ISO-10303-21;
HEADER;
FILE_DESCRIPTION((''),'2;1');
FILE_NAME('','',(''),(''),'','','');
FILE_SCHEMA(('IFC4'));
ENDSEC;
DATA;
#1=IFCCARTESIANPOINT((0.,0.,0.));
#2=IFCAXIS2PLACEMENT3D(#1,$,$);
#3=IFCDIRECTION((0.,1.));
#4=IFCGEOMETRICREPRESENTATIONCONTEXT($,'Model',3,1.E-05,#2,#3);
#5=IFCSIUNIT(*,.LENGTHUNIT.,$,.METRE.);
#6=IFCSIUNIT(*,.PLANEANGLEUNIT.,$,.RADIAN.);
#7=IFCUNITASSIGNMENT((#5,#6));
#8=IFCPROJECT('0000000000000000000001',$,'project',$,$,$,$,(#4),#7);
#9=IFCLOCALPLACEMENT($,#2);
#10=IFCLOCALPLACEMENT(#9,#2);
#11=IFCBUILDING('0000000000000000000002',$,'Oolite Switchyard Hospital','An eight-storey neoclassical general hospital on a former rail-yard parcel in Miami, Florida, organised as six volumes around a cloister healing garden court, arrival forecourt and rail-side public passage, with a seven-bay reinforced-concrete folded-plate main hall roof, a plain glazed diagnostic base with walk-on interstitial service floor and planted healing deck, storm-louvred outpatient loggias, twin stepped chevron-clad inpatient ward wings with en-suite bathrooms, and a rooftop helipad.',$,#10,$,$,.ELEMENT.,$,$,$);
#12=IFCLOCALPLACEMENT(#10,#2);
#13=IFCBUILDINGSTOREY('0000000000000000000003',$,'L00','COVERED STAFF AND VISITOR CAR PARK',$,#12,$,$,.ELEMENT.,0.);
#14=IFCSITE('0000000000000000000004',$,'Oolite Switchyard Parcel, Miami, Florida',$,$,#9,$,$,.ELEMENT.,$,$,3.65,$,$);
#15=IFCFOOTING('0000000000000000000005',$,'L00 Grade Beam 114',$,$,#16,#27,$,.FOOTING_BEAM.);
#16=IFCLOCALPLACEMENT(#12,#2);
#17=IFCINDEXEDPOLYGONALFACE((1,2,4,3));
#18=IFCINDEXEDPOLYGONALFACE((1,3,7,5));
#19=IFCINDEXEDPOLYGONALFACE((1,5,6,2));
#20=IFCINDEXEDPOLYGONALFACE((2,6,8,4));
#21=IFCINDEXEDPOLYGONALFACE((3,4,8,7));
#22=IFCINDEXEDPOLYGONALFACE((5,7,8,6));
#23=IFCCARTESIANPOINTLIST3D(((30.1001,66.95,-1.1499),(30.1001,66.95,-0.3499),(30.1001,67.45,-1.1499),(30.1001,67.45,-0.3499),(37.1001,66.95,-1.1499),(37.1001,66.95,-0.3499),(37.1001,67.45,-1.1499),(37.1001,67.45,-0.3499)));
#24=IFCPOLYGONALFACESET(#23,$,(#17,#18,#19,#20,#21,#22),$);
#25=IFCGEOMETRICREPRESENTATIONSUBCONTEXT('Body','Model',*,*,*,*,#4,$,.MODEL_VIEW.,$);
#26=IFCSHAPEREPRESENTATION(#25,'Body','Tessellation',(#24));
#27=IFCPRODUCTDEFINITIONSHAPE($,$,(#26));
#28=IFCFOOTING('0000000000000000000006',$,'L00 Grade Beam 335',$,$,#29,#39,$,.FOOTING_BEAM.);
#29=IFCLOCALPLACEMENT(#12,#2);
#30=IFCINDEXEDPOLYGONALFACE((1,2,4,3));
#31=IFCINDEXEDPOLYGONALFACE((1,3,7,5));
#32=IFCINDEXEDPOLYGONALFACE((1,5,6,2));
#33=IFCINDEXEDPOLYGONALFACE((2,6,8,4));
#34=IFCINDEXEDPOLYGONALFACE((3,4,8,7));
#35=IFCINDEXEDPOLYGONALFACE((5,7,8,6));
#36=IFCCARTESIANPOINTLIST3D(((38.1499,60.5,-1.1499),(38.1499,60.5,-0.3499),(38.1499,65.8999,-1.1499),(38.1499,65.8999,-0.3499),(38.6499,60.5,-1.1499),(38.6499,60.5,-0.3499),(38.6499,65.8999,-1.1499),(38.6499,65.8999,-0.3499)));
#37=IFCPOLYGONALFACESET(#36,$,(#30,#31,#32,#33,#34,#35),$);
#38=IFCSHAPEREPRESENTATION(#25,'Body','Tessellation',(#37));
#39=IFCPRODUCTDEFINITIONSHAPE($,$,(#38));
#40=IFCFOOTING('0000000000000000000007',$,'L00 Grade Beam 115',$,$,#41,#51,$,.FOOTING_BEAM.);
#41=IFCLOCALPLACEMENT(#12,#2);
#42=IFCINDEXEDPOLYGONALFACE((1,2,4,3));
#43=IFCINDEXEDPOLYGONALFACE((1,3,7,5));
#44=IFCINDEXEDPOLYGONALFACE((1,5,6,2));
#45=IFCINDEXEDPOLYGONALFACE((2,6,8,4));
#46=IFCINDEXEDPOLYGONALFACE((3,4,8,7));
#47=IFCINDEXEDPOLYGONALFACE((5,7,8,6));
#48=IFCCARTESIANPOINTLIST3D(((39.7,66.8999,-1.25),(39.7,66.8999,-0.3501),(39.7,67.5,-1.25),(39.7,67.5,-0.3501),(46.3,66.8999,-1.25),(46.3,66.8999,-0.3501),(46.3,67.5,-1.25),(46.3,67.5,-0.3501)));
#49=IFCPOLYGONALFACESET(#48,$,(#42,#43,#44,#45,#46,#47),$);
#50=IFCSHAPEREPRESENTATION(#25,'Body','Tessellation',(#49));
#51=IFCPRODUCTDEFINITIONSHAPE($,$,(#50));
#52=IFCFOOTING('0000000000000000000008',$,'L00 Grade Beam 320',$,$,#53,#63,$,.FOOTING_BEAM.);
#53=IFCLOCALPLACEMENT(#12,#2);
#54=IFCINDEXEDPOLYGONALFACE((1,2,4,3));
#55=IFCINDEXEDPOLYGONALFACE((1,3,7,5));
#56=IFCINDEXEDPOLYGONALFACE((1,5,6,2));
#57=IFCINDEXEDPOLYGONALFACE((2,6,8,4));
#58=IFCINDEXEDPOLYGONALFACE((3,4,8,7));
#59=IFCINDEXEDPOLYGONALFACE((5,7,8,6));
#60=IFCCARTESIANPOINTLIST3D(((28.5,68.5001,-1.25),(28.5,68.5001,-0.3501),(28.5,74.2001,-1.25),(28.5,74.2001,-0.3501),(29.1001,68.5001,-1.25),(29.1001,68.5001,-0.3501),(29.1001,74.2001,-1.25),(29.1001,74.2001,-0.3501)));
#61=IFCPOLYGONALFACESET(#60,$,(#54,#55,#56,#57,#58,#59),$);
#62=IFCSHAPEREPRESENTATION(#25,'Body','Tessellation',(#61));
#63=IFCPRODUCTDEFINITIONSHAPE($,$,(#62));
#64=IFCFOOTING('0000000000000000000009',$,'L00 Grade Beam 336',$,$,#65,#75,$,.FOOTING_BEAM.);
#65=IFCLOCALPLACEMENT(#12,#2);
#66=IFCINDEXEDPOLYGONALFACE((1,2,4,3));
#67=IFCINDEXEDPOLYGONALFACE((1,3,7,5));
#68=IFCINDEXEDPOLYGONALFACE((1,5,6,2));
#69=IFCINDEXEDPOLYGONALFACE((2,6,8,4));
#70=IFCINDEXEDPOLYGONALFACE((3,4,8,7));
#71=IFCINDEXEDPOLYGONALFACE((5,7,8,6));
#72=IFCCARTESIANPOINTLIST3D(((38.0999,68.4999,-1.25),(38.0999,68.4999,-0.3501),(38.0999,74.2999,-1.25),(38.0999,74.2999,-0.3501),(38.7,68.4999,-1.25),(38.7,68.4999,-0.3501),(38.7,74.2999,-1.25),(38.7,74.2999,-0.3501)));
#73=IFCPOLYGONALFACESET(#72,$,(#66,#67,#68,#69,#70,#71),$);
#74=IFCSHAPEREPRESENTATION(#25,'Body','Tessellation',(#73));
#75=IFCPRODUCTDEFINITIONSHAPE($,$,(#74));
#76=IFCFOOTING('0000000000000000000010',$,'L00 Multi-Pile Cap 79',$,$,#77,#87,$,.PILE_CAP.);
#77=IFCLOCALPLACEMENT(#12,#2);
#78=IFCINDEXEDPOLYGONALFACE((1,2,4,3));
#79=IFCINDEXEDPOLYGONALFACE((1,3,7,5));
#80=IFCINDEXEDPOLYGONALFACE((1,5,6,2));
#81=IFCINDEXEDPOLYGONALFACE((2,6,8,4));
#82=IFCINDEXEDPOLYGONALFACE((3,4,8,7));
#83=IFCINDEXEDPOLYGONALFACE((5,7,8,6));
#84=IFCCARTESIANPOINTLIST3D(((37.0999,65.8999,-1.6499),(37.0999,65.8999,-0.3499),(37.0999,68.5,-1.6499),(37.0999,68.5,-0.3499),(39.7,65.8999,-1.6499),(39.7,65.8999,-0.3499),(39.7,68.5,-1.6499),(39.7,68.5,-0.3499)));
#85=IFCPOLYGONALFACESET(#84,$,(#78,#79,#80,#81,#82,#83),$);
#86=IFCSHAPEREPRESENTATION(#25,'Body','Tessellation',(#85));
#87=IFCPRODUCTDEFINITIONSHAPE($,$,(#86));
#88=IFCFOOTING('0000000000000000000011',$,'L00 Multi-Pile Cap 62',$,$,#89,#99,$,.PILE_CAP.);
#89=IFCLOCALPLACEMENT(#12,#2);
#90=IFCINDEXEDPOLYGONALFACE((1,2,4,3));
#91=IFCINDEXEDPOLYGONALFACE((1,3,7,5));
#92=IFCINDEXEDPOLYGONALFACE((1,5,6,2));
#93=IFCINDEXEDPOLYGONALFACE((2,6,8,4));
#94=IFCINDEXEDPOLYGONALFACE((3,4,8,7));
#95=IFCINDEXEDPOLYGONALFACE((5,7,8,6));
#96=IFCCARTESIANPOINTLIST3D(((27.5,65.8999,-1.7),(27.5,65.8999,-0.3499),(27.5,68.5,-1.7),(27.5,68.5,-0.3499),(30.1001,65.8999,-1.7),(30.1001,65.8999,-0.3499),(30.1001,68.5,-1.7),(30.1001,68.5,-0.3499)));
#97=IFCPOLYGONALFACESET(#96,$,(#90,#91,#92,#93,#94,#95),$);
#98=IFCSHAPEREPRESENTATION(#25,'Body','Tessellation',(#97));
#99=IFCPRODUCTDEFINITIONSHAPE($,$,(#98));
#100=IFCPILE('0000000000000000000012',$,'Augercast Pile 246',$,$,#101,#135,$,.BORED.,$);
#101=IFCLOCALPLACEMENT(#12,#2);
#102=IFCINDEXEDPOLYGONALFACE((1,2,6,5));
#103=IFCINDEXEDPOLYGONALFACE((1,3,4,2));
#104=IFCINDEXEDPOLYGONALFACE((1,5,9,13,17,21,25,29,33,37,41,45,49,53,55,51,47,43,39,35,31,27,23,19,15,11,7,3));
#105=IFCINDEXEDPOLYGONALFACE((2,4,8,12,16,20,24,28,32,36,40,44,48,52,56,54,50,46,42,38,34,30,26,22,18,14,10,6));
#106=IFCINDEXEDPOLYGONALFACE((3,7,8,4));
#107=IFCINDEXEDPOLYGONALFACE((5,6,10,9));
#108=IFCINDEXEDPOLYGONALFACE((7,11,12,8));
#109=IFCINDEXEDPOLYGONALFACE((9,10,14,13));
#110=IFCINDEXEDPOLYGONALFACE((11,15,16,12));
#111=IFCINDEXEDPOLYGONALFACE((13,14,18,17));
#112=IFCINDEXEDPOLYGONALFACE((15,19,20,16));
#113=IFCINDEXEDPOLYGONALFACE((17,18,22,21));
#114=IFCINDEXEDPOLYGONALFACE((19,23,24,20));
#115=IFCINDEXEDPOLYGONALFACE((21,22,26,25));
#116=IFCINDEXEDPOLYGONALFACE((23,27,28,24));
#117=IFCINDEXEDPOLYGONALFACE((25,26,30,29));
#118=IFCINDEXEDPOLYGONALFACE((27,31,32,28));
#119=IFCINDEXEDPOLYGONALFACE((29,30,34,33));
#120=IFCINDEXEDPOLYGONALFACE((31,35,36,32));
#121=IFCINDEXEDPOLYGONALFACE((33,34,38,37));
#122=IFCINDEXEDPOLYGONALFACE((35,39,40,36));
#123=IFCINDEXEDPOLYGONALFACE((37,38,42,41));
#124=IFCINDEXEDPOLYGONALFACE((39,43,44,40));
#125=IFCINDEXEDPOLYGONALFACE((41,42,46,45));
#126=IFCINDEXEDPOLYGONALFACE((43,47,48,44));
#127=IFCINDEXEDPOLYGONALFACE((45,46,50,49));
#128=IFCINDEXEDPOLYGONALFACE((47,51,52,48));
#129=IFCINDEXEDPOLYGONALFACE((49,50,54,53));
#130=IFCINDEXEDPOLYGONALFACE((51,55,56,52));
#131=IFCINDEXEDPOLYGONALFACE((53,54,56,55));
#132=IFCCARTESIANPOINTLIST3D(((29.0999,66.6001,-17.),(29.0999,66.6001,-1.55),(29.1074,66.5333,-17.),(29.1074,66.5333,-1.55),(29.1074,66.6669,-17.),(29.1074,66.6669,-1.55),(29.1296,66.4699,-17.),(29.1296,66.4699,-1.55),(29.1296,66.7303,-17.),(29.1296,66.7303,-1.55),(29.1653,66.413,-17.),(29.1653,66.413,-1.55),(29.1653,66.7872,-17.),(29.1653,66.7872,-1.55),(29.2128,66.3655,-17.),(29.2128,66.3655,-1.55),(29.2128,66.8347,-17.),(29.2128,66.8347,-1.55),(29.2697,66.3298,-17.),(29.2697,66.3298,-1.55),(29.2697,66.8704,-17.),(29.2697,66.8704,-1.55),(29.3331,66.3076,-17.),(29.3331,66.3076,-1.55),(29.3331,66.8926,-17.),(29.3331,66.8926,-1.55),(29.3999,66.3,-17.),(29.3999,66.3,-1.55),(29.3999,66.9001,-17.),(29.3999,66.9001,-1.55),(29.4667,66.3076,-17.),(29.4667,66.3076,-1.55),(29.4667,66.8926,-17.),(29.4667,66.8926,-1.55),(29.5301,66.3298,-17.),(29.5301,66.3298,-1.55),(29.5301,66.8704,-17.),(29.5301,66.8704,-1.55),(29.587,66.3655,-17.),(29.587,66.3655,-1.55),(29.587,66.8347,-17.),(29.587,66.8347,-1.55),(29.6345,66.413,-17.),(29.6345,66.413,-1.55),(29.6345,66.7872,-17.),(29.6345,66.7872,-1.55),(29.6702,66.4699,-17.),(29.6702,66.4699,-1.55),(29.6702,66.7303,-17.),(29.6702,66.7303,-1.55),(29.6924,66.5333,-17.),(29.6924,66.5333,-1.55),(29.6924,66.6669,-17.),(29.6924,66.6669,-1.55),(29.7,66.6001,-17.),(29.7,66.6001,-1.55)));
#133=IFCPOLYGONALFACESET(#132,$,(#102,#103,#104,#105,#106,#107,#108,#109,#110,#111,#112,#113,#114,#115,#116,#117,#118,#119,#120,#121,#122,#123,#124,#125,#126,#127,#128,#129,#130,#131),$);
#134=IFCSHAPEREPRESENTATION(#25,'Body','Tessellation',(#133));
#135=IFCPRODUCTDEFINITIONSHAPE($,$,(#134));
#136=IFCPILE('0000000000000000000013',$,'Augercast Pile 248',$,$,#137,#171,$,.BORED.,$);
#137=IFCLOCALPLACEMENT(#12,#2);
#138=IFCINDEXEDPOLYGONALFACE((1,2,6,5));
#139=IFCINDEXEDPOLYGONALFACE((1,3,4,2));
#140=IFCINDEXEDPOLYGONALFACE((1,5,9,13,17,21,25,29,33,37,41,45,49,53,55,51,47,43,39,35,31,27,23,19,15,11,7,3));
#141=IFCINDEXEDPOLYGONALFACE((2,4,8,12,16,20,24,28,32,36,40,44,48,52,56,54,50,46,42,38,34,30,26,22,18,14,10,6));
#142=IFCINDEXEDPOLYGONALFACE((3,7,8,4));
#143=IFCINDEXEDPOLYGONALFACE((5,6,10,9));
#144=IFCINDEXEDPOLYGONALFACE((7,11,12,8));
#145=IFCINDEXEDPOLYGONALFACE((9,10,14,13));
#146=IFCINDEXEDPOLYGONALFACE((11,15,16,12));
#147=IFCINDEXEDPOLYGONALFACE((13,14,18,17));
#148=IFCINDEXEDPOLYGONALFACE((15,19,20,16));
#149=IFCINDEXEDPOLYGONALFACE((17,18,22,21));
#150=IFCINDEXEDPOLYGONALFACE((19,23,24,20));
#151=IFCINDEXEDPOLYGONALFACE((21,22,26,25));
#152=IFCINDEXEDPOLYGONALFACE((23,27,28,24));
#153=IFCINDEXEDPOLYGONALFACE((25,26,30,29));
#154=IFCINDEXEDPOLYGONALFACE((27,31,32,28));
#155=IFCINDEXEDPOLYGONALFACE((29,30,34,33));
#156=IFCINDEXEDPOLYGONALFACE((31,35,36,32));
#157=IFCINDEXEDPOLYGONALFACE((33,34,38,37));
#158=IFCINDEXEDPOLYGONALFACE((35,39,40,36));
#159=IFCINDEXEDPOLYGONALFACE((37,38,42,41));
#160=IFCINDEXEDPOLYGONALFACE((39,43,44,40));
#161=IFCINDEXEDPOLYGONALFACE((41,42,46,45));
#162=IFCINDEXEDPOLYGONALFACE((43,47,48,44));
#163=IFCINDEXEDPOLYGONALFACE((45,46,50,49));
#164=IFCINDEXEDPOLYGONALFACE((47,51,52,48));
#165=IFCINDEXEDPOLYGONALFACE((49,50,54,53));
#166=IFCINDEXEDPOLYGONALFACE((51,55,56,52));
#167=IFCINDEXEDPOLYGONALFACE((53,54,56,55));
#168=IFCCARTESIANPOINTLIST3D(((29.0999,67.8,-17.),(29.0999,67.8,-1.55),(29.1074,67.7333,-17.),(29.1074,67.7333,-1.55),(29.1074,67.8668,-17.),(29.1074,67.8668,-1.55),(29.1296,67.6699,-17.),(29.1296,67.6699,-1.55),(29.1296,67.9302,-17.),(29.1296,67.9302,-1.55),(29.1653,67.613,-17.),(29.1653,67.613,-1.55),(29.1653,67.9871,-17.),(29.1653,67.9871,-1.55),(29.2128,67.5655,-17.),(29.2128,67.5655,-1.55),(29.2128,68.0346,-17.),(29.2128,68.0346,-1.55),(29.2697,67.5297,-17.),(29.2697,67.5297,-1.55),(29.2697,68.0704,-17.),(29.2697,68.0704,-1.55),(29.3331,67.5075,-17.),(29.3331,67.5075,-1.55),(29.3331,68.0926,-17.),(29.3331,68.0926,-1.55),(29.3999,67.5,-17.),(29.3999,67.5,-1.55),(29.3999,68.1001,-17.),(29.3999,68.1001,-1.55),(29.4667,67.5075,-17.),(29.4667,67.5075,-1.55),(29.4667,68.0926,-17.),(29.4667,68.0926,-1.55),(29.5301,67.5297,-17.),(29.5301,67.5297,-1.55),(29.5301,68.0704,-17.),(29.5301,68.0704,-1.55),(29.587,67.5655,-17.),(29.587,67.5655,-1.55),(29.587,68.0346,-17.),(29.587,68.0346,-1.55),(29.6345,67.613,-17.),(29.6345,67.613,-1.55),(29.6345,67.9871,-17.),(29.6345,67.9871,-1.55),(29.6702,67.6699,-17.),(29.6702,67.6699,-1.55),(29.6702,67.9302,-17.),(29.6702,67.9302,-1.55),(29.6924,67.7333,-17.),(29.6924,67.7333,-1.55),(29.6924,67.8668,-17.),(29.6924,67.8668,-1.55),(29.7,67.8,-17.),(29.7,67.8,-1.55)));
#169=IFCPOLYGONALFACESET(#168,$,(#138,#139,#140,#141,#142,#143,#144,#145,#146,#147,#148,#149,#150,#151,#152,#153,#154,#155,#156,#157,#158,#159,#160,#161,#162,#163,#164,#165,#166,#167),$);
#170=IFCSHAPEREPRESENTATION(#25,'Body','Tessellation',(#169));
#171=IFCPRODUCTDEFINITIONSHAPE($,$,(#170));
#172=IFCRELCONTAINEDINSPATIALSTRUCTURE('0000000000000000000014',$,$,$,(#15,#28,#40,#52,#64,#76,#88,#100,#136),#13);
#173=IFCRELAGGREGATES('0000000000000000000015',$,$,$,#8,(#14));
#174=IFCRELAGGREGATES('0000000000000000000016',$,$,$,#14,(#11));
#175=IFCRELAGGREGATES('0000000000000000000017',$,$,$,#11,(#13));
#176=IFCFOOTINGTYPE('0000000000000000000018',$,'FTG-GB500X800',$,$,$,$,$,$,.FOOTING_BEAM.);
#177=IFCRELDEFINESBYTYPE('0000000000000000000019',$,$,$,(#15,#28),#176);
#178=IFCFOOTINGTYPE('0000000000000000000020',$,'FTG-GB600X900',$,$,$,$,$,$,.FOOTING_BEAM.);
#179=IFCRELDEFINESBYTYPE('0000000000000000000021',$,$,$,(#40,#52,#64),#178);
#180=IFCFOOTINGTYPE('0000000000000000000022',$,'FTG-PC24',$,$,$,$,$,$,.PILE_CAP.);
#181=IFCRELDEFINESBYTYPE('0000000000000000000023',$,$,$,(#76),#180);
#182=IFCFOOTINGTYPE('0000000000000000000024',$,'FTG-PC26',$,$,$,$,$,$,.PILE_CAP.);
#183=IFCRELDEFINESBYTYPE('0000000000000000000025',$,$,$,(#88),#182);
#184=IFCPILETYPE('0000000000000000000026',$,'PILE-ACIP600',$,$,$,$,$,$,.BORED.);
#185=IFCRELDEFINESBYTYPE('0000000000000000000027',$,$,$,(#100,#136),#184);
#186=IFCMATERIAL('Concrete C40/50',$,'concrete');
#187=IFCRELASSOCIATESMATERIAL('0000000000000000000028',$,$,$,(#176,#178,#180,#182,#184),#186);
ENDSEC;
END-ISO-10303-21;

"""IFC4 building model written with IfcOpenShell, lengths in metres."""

from ifc_helpers import new_model, si_unit, direction, frame, origin, origin_2d, place, context, subcontext, project, spatial, rectangle, circle, extrude, material, material_profile, profile_set, type_object, element, save


model = new_model("IFC4")

# Units and contexts
model_context = context("Model", 3, precision=1e-05, world=origin(), true_north=direction((0.0, 1.0)))
body_context = subcontext(model_context, "Body", "Model", "MODEL_VIEW")
ifc_project = project(units=[si_unit("LENGTHUNIT", "METRE"), si_unit("PLANEANGLEUNIT", "RADIAN")], contexts=[model_context])

# Site, building, storey
site_placement = place(None, origin())
site = spatial("IfcSite", under=ifc_project, at=site_placement, Name="Oolite Switchyard Parcel, Miami, Florida", CompositionType="ELEMENT", RefElevation=3.65)
building_placement = place(site_placement, origin())
building = spatial("IfcBuilding", under=site, at=building_placement, Name="Oolite Switchyard Hospital", Description="An eight-storey neoclassical general hospital on a former rail-yard parcel in Miami, Florida, organised as six volumes around a cloister healing garden court, arrival forecourt and rail-side public passage, with a seven-bay reinforced-concrete folded-plate main hall roof, a plain glazed diagnostic base with walk-on interstitial service floor and planted healing deck, storm-louvred outpatient loggias, twin stepped chevron-clad inpatient ward wings with en-suite bathrooms, and a rooftop helipad.", CompositionType="ELEMENT")
storey_placement = place(building_placement, origin())
storey = spatial("IfcBuildingStorey", under=building, at=storey_placement, Name="L00", Description="COVERED STAFF AND VISITOR CAR PARK", CompositionType="ELEMENT", Elevation=0.0)

# Footings
ifc_material_1 = material(Name="Concrete C40/50", Category="concrete")
footing_type_1 = type_object("IfcFootingType", Name="FTG-GB500X800", PredefinedType="FOOTING_BEAM", material=ifc_material_1)
footing_1_placement = place(storey_placement, frame((33.6001, 67.2, -1.1499), z_axis=(0.0, 0.0, 1.0), x_axis=(1.0, 0.0, 0.0)))
element("IfcFooting", 1, at=footing_1_placement, inside=storey, type_object=footing_type_1, Name="L00 Grade Beam 114", PredefinedType="FOOTING_BEAM", context=body_context, shape_type="SweptSolid", body=[
    extrude(rectangle(XDim=7.0, YDim=0.5, at=origin_2d()), origin(), (0.0, 0.0, 1.0), 0.8),
])
footing_2_placement = place(storey_placement, frame((38.3999, 63.2, -1.1499), z_axis=(0.0, 0.0, 1.0), x_axis=(0.0, 1.0, 0.0)))
element("IfcFooting", 2, at=footing_2_placement, inside=storey, type_object=footing_type_1, Name="L00 Grade Beam 335", PredefinedType="FOOTING_BEAM", context=body_context, shape_type="SweptSolid", body=[
    extrude(rectangle(XDim=5.3999, YDim=0.5, at=origin_2d()), origin(), (0.0, 0.0, 1.0), 0.8),
])
footing_type_2 = type_object("IfcFootingType", Name="FTG-GB600X900", PredefinedType="FOOTING_BEAM", material=ifc_material_1)
footing_3_placement = place(storey_placement, frame((43.0, 67.2, -1.25), z_axis=(0.0, 0.0, 1.0), x_axis=(1.0, 0.0, 0.0)))
element("IfcFooting", 3, at=footing_3_placement, inside=storey, type_object=footing_type_2, Name="L00 Grade Beam 115", PredefinedType="FOOTING_BEAM", context=body_context, shape_type="SweptSolid", body=[
    extrude(rectangle(XDim=6.6001, YDim=0.6001, at=origin_2d()), origin(), (0.0, 0.0, 1.0), 0.8999),
])
footing_4_placement = place(storey_placement, frame((28.8, 71.3501, -1.25), z_axis=(0.0, 0.0, 1.0), x_axis=(0.0, 1.0, 0.0)))
element("IfcFooting", 4, at=footing_4_placement, inside=storey, type_object=footing_type_2, Name="L00 Grade Beam 320", PredefinedType="FOOTING_BEAM", context=body_context, shape_type="SweptSolid", body=[
    extrude(rectangle(XDim=5.7, YDim=0.6001, at=origin_2d()), origin(), (0.0, 0.0, 1.0), 0.8999),
])
footing_5_placement = place(storey_placement, frame((38.3999, 71.3999, -1.25), z_axis=(0.0, 0.0, 1.0), x_axis=(0.0, 1.0, 0.0)))
element("IfcFooting", 5, at=footing_5_placement, inside=storey, type_object=footing_type_2, Name="L00 Grade Beam 336", PredefinedType="FOOTING_BEAM", context=body_context, shape_type="SweptSolid", body=[
    extrude(rectangle(XDim=5.8, YDim=0.6001, at=origin_2d()), origin(), (0.0, 0.0, 1.0), 0.8999),
])
footing_type_3 = type_object("IfcFootingType", Name="FTG-PC24", PredefinedType="PILE_CAP", material=ifc_material_1)
footing_6_placement = place(storey_placement, frame((38.3999, 67.2, -1.6499), z_axis=(0.0, 0.0, 1.0), x_axis=(1.0, 0.0, 0.0)))
element("IfcFooting", 6, at=footing_6_placement, inside=storey, type_object=footing_type_3, Name="L00 Multi-Pile Cap 79", PredefinedType="PILE_CAP", context=body_context, shape_type="SweptSolid", body=[
    extrude(rectangle(XDim=2.6001, YDim=2.6001, at=origin_2d()), origin(), (0.0, 0.0, 1.0), 1.3),
])
footing_type_4 = type_object("IfcFootingType", Name="FTG-PC26", PredefinedType="PILE_CAP", material=ifc_material_1)
footing_7_placement = place(storey_placement, frame((28.8, 67.2, -1.7), z_axis=(0.0, 0.0, 1.0), x_axis=(1.0, 0.0, 0.0)))
element("IfcFooting", 7, at=footing_7_placement, inside=storey, type_object=footing_type_4, Name="L00 Multi-Pile Cap 62", PredefinedType="PILE_CAP", context=body_context, shape_type="SweptSolid", body=[
    extrude(rectangle(XDim=2.6001, YDim=2.6001, at=origin_2d()), origin(), (0.0, 0.0, 1.0), 1.3501),
])

# Piles
ifc_material_profile_1 = material_profile(ifc_material_1, circle(Radius=0.3, at=origin_2d()), Name="PILE600")
ifc_profile_set_1 = profile_set([ifc_material_profile_1], Name="Concrete C40/50")
pile_type = type_object("IfcPileType", Name="PILE-ACIP600", PredefinedType="BORED", material=ifc_profile_set_1)
for number, where, z_axis, x_axis, name in (
    (8, (29.3999, 66.6001, -1.55), (0.0, 0.0, -1.0), (1.0, 0.0, 0.0), "Augercast Pile 246"),
    (9, (29.3999, 67.8, -1.55), (0.0, 0.0, -1.0), (1.0, 0.0, 0.0), "Augercast Pile 248"),
):
    element("IfcPile", number, at=place(storey_placement, frame(where, z_axis=z_axis, x_axis=x_axis)), inside=storey, type_object=pile_type, Name=name, PredefinedType="BORED", context=body_context, shape_type="SweptSolid", body=[
        extrude(circle(Radius=0.3, at=origin_2d()), origin(), (0.0, 0.0, 1.0), 15.45),
    ])

save(model, "model.ifc")
